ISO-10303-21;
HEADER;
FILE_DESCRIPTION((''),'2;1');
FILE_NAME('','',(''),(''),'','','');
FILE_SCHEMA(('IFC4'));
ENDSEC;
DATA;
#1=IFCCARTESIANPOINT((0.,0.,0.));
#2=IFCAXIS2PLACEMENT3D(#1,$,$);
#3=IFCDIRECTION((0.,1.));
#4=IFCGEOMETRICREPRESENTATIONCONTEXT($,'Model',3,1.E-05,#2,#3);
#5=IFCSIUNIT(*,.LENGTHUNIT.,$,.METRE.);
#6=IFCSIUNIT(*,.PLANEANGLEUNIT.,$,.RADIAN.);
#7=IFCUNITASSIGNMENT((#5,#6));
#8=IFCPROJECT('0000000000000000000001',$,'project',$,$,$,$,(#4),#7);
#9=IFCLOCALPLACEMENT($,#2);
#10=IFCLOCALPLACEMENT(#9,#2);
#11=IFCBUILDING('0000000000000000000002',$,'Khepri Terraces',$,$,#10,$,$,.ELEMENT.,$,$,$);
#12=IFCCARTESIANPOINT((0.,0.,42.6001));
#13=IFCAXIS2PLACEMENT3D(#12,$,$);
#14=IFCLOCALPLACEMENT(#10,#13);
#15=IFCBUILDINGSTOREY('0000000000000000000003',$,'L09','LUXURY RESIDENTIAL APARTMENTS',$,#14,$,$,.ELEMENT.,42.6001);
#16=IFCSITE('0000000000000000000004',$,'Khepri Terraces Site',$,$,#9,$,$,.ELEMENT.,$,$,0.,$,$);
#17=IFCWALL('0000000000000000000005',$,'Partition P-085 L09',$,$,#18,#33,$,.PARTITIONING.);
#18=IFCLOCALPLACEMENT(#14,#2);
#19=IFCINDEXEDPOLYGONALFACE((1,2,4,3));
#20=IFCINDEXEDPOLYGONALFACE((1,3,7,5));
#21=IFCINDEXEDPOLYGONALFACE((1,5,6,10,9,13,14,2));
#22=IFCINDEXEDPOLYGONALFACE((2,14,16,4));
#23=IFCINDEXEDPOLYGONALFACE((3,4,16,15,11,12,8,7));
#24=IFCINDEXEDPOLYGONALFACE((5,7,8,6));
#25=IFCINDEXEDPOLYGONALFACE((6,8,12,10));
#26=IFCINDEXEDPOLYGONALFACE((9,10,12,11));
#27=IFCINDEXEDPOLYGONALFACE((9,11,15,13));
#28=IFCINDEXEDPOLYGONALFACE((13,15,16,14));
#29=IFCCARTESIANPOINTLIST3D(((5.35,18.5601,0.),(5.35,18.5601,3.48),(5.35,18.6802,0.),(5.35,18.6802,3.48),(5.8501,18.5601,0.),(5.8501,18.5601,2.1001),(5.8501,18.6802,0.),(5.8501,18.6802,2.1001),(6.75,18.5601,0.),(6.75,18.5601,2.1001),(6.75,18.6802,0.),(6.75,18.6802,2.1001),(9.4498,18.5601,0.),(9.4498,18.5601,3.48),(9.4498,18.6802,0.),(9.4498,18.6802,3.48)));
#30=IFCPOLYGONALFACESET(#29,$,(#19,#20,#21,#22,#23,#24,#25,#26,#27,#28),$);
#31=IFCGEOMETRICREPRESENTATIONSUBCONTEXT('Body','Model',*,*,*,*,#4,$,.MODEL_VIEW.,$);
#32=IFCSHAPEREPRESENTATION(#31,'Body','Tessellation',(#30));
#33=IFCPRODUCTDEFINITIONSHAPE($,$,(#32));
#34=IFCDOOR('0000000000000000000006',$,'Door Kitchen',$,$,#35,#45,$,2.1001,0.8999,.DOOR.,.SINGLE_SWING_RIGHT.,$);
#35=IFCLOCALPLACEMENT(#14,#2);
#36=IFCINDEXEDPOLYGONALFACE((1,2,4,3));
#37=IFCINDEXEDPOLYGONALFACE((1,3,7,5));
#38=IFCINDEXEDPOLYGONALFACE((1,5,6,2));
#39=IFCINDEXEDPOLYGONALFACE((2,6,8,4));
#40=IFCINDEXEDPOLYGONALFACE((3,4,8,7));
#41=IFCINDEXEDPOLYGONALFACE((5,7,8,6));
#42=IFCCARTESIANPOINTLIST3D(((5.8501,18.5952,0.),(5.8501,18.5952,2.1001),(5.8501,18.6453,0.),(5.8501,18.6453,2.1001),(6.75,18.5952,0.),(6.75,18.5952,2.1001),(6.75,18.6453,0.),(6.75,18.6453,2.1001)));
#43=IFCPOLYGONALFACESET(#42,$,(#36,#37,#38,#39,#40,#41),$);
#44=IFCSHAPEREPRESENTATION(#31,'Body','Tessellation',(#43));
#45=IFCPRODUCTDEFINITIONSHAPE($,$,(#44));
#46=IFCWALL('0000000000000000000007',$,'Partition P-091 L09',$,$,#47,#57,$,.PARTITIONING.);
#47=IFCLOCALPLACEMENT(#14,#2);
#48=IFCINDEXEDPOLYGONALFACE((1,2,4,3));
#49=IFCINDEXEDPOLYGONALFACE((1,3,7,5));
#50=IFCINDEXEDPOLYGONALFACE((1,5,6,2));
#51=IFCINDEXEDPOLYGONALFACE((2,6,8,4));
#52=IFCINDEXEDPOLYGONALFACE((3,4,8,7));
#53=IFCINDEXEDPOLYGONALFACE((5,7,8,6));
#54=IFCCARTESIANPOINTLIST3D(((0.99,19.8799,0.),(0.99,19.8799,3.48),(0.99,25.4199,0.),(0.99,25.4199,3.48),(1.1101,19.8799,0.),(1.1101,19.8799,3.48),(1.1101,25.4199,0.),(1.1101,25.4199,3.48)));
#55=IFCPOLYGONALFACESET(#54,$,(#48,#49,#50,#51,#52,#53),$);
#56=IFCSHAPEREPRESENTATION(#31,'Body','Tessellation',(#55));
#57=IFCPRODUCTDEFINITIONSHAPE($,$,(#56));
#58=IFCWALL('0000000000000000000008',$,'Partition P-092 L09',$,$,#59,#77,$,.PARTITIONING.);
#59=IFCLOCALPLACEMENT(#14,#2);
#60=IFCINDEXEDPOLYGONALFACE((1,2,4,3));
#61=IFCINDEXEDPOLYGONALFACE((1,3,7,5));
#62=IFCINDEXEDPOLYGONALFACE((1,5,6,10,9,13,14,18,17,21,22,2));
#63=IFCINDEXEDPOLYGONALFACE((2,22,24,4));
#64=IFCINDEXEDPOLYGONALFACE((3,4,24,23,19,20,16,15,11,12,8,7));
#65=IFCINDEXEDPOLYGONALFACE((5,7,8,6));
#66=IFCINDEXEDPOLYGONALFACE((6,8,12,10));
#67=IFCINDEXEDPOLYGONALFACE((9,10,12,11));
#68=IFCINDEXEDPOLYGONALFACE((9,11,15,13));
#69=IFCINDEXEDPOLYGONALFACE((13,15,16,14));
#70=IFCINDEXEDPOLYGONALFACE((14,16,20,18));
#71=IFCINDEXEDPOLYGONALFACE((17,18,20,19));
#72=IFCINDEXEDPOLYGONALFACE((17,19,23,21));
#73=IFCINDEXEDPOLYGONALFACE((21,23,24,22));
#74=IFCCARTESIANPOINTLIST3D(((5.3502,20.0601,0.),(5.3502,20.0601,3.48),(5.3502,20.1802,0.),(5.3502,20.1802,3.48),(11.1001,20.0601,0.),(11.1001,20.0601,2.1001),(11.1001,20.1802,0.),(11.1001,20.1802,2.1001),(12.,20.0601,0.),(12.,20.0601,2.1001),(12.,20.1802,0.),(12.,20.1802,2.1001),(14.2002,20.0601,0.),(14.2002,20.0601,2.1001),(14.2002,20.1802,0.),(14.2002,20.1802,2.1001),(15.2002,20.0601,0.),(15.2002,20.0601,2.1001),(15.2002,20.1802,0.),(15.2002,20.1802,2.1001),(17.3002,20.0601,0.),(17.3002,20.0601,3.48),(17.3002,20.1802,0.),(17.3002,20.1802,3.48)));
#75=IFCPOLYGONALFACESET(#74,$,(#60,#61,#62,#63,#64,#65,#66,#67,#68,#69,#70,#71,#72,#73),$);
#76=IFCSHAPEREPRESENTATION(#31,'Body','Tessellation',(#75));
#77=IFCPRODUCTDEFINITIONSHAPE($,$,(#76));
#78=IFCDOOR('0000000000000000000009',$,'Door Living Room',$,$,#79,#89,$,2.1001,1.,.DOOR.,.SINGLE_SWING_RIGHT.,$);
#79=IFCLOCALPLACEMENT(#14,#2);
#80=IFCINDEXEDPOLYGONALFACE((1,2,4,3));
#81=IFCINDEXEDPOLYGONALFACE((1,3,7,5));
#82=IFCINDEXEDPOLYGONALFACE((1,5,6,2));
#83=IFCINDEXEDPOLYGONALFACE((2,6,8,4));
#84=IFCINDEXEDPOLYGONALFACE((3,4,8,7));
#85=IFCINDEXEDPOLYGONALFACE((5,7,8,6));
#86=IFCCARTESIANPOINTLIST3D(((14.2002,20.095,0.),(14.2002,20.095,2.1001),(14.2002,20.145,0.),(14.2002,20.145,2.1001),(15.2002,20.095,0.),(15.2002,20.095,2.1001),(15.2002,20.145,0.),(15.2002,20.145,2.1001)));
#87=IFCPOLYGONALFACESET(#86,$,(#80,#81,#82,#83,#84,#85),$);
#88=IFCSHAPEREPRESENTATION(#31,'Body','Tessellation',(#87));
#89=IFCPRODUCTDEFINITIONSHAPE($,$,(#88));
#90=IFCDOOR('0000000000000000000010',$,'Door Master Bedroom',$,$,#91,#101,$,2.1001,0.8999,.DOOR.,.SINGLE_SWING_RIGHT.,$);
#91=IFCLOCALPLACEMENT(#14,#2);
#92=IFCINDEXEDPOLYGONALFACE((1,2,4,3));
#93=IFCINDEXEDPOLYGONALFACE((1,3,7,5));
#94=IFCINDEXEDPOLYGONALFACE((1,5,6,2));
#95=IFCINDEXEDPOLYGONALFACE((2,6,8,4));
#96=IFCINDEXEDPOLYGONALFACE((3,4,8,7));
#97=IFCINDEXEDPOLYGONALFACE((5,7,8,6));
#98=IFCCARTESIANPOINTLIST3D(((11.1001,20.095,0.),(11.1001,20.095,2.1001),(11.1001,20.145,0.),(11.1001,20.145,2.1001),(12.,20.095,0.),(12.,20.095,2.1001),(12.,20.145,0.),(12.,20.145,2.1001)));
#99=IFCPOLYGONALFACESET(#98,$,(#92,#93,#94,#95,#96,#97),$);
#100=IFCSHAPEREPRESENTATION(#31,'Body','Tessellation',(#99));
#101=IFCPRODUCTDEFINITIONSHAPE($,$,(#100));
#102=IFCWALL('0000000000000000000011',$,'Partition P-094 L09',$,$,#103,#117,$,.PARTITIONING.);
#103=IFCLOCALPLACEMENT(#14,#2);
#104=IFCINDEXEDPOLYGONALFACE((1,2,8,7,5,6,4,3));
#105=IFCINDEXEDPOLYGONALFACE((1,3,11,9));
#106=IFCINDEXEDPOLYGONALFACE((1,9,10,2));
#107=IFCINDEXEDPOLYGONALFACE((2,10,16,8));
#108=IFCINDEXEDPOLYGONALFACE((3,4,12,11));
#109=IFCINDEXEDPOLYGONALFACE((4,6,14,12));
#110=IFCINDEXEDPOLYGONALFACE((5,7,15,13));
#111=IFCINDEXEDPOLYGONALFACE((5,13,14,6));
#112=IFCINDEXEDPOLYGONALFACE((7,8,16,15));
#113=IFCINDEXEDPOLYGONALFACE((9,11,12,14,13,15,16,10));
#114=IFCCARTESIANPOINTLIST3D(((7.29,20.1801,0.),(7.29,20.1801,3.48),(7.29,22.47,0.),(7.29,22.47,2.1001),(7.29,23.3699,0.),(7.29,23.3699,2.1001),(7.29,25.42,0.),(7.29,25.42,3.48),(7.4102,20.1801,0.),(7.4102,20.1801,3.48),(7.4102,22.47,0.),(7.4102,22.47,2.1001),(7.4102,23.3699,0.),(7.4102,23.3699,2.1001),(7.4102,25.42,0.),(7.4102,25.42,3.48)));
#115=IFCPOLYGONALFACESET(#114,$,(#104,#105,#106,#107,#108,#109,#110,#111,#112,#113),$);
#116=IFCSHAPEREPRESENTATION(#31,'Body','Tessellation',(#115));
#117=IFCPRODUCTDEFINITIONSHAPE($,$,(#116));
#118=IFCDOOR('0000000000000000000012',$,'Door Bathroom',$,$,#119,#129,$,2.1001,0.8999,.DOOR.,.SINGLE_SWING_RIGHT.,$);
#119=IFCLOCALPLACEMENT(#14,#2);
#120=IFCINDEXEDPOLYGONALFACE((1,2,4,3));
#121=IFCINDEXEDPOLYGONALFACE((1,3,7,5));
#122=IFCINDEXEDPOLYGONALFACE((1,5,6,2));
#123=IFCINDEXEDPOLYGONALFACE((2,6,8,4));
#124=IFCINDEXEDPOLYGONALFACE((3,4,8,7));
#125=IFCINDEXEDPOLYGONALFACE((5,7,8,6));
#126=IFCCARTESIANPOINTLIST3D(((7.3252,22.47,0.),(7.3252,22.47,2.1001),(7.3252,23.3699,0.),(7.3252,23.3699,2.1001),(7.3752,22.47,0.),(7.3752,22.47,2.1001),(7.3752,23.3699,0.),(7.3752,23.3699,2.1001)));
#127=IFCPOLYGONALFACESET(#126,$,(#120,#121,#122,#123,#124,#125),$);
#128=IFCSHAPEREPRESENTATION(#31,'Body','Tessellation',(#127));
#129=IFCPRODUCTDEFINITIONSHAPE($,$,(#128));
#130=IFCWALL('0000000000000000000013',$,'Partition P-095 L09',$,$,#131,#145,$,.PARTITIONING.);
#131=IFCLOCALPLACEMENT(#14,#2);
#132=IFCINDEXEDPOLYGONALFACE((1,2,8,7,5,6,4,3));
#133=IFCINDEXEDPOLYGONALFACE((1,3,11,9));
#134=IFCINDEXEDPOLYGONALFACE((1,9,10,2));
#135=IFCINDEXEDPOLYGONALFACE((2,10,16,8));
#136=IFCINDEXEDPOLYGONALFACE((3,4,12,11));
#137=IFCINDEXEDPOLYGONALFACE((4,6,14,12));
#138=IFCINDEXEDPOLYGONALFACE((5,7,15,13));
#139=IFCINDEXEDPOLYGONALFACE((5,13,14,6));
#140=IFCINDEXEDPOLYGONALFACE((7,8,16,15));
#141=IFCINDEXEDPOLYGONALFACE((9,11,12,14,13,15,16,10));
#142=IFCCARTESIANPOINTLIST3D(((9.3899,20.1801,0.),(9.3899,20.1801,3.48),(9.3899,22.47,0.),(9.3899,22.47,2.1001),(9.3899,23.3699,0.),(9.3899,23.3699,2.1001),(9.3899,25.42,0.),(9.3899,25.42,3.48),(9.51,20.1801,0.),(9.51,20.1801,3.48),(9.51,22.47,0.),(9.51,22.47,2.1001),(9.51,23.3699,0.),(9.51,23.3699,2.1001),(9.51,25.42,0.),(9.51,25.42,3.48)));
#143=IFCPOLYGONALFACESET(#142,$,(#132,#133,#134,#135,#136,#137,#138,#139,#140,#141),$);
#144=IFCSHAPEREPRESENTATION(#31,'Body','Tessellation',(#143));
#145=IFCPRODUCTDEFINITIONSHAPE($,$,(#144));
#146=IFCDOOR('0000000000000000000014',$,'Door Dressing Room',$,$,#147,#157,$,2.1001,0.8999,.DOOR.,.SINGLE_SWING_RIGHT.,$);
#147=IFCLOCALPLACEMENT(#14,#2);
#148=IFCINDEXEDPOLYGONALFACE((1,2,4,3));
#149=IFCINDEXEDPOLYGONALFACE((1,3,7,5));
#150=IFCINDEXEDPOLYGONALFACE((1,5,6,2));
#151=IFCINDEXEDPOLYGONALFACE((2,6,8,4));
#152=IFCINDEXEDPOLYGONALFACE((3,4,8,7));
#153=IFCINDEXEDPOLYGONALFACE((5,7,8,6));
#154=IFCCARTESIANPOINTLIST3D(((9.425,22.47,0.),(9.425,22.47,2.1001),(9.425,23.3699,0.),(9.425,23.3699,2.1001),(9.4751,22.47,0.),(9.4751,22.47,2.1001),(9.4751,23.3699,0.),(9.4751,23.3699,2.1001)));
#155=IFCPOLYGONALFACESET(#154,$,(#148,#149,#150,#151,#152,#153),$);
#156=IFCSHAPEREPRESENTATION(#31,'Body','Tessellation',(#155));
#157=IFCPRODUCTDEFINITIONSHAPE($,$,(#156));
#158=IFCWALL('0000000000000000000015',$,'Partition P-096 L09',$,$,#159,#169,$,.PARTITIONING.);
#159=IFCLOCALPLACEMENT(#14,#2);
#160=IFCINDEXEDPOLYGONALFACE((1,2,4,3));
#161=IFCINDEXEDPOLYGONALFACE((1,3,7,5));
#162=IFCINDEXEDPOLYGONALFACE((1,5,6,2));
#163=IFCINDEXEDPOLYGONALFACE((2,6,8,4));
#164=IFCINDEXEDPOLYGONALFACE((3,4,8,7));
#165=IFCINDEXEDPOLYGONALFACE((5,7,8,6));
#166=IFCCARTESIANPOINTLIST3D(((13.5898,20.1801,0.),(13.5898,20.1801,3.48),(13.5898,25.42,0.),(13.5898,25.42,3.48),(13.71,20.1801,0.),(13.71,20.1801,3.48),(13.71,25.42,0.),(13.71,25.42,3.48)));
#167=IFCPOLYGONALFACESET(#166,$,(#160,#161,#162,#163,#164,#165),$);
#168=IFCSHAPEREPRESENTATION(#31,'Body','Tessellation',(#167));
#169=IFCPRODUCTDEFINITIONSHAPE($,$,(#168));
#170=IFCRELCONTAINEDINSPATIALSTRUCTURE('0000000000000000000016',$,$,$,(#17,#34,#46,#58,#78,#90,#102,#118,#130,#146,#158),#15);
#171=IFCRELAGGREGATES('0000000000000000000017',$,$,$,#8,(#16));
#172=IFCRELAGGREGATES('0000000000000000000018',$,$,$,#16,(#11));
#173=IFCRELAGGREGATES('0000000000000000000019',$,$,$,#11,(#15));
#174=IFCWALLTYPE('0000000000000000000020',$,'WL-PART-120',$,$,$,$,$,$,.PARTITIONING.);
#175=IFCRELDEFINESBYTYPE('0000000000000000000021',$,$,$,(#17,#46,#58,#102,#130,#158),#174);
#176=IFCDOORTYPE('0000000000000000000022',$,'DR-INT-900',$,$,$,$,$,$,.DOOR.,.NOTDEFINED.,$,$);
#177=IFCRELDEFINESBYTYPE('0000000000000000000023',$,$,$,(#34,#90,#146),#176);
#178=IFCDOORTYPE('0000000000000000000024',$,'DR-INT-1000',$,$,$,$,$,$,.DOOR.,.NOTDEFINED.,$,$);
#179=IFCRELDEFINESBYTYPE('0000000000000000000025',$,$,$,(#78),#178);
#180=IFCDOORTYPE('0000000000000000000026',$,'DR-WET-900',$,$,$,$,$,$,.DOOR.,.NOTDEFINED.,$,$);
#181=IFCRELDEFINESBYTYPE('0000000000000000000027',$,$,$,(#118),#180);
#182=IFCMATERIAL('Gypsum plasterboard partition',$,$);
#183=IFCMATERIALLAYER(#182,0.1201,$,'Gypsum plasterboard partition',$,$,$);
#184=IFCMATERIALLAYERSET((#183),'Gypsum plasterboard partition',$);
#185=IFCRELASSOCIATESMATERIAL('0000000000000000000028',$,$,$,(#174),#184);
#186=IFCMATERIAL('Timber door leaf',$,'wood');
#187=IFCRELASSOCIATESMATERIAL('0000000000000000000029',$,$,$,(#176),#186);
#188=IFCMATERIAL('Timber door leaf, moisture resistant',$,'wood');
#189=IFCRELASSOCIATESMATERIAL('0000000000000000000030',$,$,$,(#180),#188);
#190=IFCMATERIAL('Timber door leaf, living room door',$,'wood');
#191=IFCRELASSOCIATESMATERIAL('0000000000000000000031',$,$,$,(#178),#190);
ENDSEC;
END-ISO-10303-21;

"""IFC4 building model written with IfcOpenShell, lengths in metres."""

from ifc_helpers import new_model, si_unit, direction, frame, frame_2d, origin, place, context, subcontext, project, spatial, rectangle, extrude, material, layer, layer_set, type_object, element, fill, save


model = new_model("IFC4")

# Units and contexts
model_context = context("Model", 3, precision=1e-05, world=origin(), true_north=direction((0.0, 1.0)))
body_context = subcontext(model_context, "Body", "Model", "MODEL_VIEW")
ifc_project = project(units=[si_unit("LENGTHUNIT", "METRE"), si_unit("PLANEANGLEUNIT", "RADIAN")], contexts=[model_context])

# Site, building, storey
site_placement = place(None, origin())
site = spatial("IfcSite", under=ifc_project, at=site_placement, Name="Khepri Terraces Site", CompositionType="ELEMENT", RefElevation=0.0)
building_placement = place(site_placement, origin())
building = spatial("IfcBuilding", under=site, at=building_placement, Name="Khepri Terraces", CompositionType="ELEMENT")
storey_placement = place(building_placement, frame((0.0, 0.0, 42.6001)))
storey = spatial("IfcBuildingStorey", under=building, at=storey_placement, Name="L09", Description="LUXURY RESIDENTIAL APARTMENTS", CompositionType="ELEMENT", Elevation=42.6001)

# Shared definitions
ifc_material_1 = material(Name="Gypsum plasterboard partition")
ifc_layer_1 = layer(ifc_material_1, 0.1201, Name="Gypsum plasterboard partition")
ifc_layer_set_1 = layer_set([ifc_layer_1], Name="Gypsum plasterboard partition")
wall_type_1 = type_object("IfcWallType", Name="WL-PART-120", PredefinedType="PARTITIONING", material=ifc_layer_set_1)

# Shared definitions
ifc_material_2 = material(Name="Timber door leaf", Category="wood")
door_type_1 = type_object("IfcDoorType", Name="DR-INT-900", OperationType="NOTDEFINED", PredefinedType="DOOR", material=ifc_material_2)

# Shared definitions
ifc_material_3 = material(Name="Timber door leaf, moisture resistant", Category="wood")
door_type_2 = type_object("IfcDoorType", Name="DR-WET-900", OperationType="NOTDEFINED", PredefinedType="DOOR", material=ifc_material_3)

# Wall, opening, door
wall_1_placement = place(storey_placement, frame((5.3501, 18.6201, 0.0), z_axis=(0.0, 0.0, 1.0), x_axis=(1.0, 0.0, 0.0)))
wall_1 = element("IfcWall", 1, at=wall_1_placement, inside=storey, type_object=wall_type_1, Name="Partition P-085 L09", PredefinedType="PARTITIONING", context=body_context, shape_type="SweptSolid", body=[
    extrude(rectangle(XDim=4.0999, YDim=0.1201, at=frame_2d((2.0498, 0.0))), origin(), (0.0, 0.0, 1.0), 3.48),
])
opening_1_placement = place(wall_1_placement, frame((0.5, 0.0, 0.0)))
opening_1 = element("IfcOpeningElement", 2, at=opening_1_placement, cuts=wall_1, PredefinedType="OPENING", context=body_context, shape_type="SweptSolid", body=[
    extrude(rectangle(XDim=0.8999, YDim=2.1001, at=frame_2d((0.45, 1.05))), frame((0.0, 0.0701, 0.0), z_axis=(0.0, -1.0, 0.0), x_axis=(1.0, 0.0, 0.0)), (0.0, 0.0, 1.0), 0.1401),
])
door_1_placement = place(opening_1_placement, frame((0.8999, 0.0, 0.0), z_axis=(0.0, 0.0, 1.0), x_axis=(-1.0, 0.0, 0.0)))
door_1 = element("IfcDoor", 3, at=door_1_placement, inside=storey, type_object=door_type_1, Name="Door Kitchen", OperationType="SINGLE_SWING_RIGHT", OverallHeight=2.1001, OverallWidth=0.8999, PredefinedType="DOOR", context=body_context, shape_type="SweptSolid", body=[
    extrude(rectangle(XDim=0.8999, YDim=2.1001, at=frame_2d((0.45, 1.05))), frame((0.0, 0.0249, 0.0), z_axis=(0.0, -1.0, 0.0), x_axis=(1.0, 0.0, 0.0)), (0.0, 0.0, 1.0), 0.05),
])
fill(opening_1, door_1)

# Wall
wall_2_placement = place(storey_placement, frame((1.05, 19.8799, 0.0), z_axis=(0.0, 0.0, 1.0), x_axis=(0.0, 1.0, 0.0)))
element("IfcWall", 4, at=wall_2_placement, inside=storey, type_object=wall_type_1, Name="Partition P-091 L09", PredefinedType="PARTITIONING", context=body_context, shape_type="SweptSolid", body=[
    extrude(rectangle(XDim=5.54, YDim=0.1201, at=frame_2d((2.77, 0.0))), origin(), (0.0, 0.0, 1.0), 3.48),
])

# Wall, openings, doors
wall_3_placement = place(storey_placement, frame((5.3501, 20.1201, 0.0), z_axis=(0.0, 0.0, 1.0), x_axis=(1.0, 0.0, 0.0)))
wall_3 = element("IfcWall", 5, at=wall_3_placement, inside=storey, type_object=wall_type_1, Name="Partition P-092 L09", PredefinedType="PARTITIONING", context=body_context, shape_type="SweptSolid", body=[
    extrude(rectangle(XDim=11.95, YDim=0.1201, at=frame_2d((5.9751, 0.0))), origin(), (0.0, 0.0, 1.0), 3.48),
])
opening_2_placement = place(wall_3_placement, frame((8.8501, 0.0, 0.0)))
opening_2 = element("IfcOpeningElement", 6, at=opening_2_placement, cuts=wall_3, PredefinedType="OPENING", context=body_context, shape_type="SweptSolid", body=[
    extrude(rectangle(XDim=1.0, YDim=2.1001, at=frame_2d((0.5, 1.05))), frame((0.0, 0.0701, 0.0), z_axis=(0.0, -1.0, 0.0), x_axis=(1.0, 0.0, 0.0)), (0.0, 0.0, 1.0), 0.1401),
])
opening_3_placement = place(wall_3_placement, frame((5.75, 0.0, 0.0)))
opening_3 = element("IfcOpeningElement", 7, at=opening_3_placement, cuts=wall_3, PredefinedType="OPENING", context=body_context, shape_type="SweptSolid", body=[
    extrude(rectangle(XDim=0.8999, YDim=2.1001, at=frame_2d((0.45, 1.05))), frame((0.0, 0.0701, 0.0), z_axis=(0.0, -1.0, 0.0), x_axis=(1.0, 0.0, 0.0)), (0.0, 0.0, 1.0), 0.1401),
])
ifc_material_4 = material(Name="Timber door leaf, living room door", Category="wood")
door_type_3 = type_object("IfcDoorType", Name="DR-INT-1000", OperationType="NOTDEFINED", PredefinedType="DOOR", material=ifc_material_4)
door_2_placement = place(opening_2_placement, origin())
door_2 = element("IfcDoor", 8, at=door_2_placement, inside=storey, type_object=door_type_3, Name="Door Living Room", OperationType="SINGLE_SWING_RIGHT", OverallHeight=2.1001, OverallWidth=1.0, PredefinedType="DOOR", context=body_context, shape_type="SweptSolid", body=[
    extrude(rectangle(XDim=1.0, YDim=2.1001, at=frame_2d((0.5, 1.05))), frame((0.0, 0.0249, 0.0), z_axis=(0.0, -1.0, 0.0), x_axis=(1.0, 0.0, 0.0)), (0.0, 0.0, 1.0), 0.05),
])
fill(opening_2, door_2)
door_3_placement = place(opening_3_placement, origin())
door_3 = element("IfcDoor", 9, at=door_3_placement, inside=storey, type_object=door_type_1, Name="Door Master Bedroom", OperationType="SINGLE_SWING_RIGHT", OverallHeight=2.1001, OverallWidth=0.8999, PredefinedType="DOOR", context=body_context, shape_type="SweptSolid", body=[
    extrude(rectangle(XDim=0.8999, YDim=2.1001, at=frame_2d((0.45, 1.05))), frame((0.0, 0.0249, 0.0), z_axis=(0.0, -1.0, 0.0), x_axis=(1.0, 0.0, 0.0)), (0.0, 0.0, 1.0), 0.05),
])
fill(opening_3, door_3)

# Walls, openings, doors
wall_4_placement = place(storey_placement, frame((7.3501, 20.1799, 0.0), z_axis=(0.0, 0.0, 1.0), x_axis=(0.0, 1.0, 0.0)))
wall_4 = element("IfcWall", 10, at=wall_4_placement, inside=storey, type_object=wall_type_1, Name="Partition P-094 L09", PredefinedType="PARTITIONING", context=body_context, shape_type="SweptSolid", body=[
    extrude(rectangle(XDim=5.24, YDim=0.1201, at=frame_2d((2.6201, 0.0))), origin(), (0.0, 0.0, 1.0), 3.48),
])
opening_4_placement = place(wall_4_placement, frame((2.29, 0.0, 0.0)))
opening_4 = element("IfcOpeningElement", 11, at=opening_4_placement, cuts=wall_4, PredefinedType="OPENING", context=body_context, shape_type="SweptSolid", body=[
    extrude(rectangle(XDim=0.8999, YDim=2.1001, at=frame_2d((0.45, 1.05))), frame((0.0, 0.0701, 0.0), z_axis=(0.0, -1.0, 0.0), x_axis=(1.0, 0.0, 0.0)), (0.0, 0.0, 1.0), 0.1401),
])
door_4_placement = place(opening_4_placement, origin())
door_4 = element("IfcDoor", 12, at=door_4_placement, inside=storey, type_object=door_type_2, Name="Door Bathroom", OperationType="SINGLE_SWING_RIGHT", OverallHeight=2.1001, OverallWidth=0.8999, PredefinedType="DOOR", context=body_context, shape_type="SweptSolid", body=[
    extrude(rectangle(XDim=0.8999, YDim=2.1001, at=frame_2d((0.45, 1.05))), frame((0.0, 0.0249, 0.0), z_axis=(0.0, -1.0, 0.0), x_axis=(1.0, 0.0, 0.0)), (0.0, 0.0, 1.0), 0.05),
])
fill(opening_4, door_4)
wall_5_placement = place(storey_placement, frame((9.45, 20.1799, 0.0), z_axis=(0.0, 0.0, 1.0), x_axis=(0.0, 1.0, 0.0)))
wall_5 = element("IfcWall", 13, at=wall_5_placement, inside=storey, type_object=wall_type_1, Name="Partition P-095 L09", PredefinedType="PARTITIONING", context=body_context, shape_type="SweptSolid", body=[
    extrude(rectangle(XDim=5.24, YDim=0.1201, at=frame_2d((2.6201, 0.0))), origin(), (0.0, 0.0, 1.0), 3.48),
])
opening_5_placement = place(wall_5_placement, frame((2.29, 0.0, 0.0)))
opening_5 = element("IfcOpeningElement", 14, at=opening_5_placement, cuts=wall_5, PredefinedType="OPENING", context=body_context, shape_type="SweptSolid", body=[
    extrude(rectangle(XDim=0.8999, YDim=2.1001, at=frame_2d((0.45, 1.05))), frame((0.0, 0.0701, 0.0), z_axis=(0.0, -1.0, 0.0), x_axis=(1.0, 0.0, 0.0)), (0.0, 0.0, 1.0), 0.1401),
])
door_5_placement = place(opening_5_placement, origin())
door_5 = element("IfcDoor", 15, at=door_5_placement, inside=storey, type_object=door_type_1, Name="Door Dressing Room", OperationType="SINGLE_SWING_RIGHT", OverallHeight=2.1001, OverallWidth=0.8999, PredefinedType="DOOR", context=body_context, shape_type="SweptSolid", body=[
    extrude(rectangle(XDim=0.8999, YDim=2.1001, at=frame_2d((0.45, 1.05))), frame((0.0, 0.0249, 0.0), z_axis=(0.0, -1.0, 0.0), x_axis=(1.0, 0.0, 0.0)), (0.0, 0.0, 1.0), 0.05),
])
fill(opening_5, door_5)

# Wall
wall_6_placement = place(storey_placement, frame((13.6499, 20.1799, 0.0), z_axis=(0.0, 0.0, 1.0), x_axis=(0.0, 1.0, 0.0)))
element("IfcWall", 16, at=wall_6_placement, inside=storey, type_object=wall_type_1, Name="Partition P-096 L09", PredefinedType="PARTITIONING", context=body_context, shape_type="SweptSolid", body=[
    extrude(rectangle(XDim=5.24, YDim=0.1201, at=frame_2d((2.6201, 0.0))), origin(), (0.0, 0.0, 1.0), 3.48),
])

save(model, "model.ifc")
